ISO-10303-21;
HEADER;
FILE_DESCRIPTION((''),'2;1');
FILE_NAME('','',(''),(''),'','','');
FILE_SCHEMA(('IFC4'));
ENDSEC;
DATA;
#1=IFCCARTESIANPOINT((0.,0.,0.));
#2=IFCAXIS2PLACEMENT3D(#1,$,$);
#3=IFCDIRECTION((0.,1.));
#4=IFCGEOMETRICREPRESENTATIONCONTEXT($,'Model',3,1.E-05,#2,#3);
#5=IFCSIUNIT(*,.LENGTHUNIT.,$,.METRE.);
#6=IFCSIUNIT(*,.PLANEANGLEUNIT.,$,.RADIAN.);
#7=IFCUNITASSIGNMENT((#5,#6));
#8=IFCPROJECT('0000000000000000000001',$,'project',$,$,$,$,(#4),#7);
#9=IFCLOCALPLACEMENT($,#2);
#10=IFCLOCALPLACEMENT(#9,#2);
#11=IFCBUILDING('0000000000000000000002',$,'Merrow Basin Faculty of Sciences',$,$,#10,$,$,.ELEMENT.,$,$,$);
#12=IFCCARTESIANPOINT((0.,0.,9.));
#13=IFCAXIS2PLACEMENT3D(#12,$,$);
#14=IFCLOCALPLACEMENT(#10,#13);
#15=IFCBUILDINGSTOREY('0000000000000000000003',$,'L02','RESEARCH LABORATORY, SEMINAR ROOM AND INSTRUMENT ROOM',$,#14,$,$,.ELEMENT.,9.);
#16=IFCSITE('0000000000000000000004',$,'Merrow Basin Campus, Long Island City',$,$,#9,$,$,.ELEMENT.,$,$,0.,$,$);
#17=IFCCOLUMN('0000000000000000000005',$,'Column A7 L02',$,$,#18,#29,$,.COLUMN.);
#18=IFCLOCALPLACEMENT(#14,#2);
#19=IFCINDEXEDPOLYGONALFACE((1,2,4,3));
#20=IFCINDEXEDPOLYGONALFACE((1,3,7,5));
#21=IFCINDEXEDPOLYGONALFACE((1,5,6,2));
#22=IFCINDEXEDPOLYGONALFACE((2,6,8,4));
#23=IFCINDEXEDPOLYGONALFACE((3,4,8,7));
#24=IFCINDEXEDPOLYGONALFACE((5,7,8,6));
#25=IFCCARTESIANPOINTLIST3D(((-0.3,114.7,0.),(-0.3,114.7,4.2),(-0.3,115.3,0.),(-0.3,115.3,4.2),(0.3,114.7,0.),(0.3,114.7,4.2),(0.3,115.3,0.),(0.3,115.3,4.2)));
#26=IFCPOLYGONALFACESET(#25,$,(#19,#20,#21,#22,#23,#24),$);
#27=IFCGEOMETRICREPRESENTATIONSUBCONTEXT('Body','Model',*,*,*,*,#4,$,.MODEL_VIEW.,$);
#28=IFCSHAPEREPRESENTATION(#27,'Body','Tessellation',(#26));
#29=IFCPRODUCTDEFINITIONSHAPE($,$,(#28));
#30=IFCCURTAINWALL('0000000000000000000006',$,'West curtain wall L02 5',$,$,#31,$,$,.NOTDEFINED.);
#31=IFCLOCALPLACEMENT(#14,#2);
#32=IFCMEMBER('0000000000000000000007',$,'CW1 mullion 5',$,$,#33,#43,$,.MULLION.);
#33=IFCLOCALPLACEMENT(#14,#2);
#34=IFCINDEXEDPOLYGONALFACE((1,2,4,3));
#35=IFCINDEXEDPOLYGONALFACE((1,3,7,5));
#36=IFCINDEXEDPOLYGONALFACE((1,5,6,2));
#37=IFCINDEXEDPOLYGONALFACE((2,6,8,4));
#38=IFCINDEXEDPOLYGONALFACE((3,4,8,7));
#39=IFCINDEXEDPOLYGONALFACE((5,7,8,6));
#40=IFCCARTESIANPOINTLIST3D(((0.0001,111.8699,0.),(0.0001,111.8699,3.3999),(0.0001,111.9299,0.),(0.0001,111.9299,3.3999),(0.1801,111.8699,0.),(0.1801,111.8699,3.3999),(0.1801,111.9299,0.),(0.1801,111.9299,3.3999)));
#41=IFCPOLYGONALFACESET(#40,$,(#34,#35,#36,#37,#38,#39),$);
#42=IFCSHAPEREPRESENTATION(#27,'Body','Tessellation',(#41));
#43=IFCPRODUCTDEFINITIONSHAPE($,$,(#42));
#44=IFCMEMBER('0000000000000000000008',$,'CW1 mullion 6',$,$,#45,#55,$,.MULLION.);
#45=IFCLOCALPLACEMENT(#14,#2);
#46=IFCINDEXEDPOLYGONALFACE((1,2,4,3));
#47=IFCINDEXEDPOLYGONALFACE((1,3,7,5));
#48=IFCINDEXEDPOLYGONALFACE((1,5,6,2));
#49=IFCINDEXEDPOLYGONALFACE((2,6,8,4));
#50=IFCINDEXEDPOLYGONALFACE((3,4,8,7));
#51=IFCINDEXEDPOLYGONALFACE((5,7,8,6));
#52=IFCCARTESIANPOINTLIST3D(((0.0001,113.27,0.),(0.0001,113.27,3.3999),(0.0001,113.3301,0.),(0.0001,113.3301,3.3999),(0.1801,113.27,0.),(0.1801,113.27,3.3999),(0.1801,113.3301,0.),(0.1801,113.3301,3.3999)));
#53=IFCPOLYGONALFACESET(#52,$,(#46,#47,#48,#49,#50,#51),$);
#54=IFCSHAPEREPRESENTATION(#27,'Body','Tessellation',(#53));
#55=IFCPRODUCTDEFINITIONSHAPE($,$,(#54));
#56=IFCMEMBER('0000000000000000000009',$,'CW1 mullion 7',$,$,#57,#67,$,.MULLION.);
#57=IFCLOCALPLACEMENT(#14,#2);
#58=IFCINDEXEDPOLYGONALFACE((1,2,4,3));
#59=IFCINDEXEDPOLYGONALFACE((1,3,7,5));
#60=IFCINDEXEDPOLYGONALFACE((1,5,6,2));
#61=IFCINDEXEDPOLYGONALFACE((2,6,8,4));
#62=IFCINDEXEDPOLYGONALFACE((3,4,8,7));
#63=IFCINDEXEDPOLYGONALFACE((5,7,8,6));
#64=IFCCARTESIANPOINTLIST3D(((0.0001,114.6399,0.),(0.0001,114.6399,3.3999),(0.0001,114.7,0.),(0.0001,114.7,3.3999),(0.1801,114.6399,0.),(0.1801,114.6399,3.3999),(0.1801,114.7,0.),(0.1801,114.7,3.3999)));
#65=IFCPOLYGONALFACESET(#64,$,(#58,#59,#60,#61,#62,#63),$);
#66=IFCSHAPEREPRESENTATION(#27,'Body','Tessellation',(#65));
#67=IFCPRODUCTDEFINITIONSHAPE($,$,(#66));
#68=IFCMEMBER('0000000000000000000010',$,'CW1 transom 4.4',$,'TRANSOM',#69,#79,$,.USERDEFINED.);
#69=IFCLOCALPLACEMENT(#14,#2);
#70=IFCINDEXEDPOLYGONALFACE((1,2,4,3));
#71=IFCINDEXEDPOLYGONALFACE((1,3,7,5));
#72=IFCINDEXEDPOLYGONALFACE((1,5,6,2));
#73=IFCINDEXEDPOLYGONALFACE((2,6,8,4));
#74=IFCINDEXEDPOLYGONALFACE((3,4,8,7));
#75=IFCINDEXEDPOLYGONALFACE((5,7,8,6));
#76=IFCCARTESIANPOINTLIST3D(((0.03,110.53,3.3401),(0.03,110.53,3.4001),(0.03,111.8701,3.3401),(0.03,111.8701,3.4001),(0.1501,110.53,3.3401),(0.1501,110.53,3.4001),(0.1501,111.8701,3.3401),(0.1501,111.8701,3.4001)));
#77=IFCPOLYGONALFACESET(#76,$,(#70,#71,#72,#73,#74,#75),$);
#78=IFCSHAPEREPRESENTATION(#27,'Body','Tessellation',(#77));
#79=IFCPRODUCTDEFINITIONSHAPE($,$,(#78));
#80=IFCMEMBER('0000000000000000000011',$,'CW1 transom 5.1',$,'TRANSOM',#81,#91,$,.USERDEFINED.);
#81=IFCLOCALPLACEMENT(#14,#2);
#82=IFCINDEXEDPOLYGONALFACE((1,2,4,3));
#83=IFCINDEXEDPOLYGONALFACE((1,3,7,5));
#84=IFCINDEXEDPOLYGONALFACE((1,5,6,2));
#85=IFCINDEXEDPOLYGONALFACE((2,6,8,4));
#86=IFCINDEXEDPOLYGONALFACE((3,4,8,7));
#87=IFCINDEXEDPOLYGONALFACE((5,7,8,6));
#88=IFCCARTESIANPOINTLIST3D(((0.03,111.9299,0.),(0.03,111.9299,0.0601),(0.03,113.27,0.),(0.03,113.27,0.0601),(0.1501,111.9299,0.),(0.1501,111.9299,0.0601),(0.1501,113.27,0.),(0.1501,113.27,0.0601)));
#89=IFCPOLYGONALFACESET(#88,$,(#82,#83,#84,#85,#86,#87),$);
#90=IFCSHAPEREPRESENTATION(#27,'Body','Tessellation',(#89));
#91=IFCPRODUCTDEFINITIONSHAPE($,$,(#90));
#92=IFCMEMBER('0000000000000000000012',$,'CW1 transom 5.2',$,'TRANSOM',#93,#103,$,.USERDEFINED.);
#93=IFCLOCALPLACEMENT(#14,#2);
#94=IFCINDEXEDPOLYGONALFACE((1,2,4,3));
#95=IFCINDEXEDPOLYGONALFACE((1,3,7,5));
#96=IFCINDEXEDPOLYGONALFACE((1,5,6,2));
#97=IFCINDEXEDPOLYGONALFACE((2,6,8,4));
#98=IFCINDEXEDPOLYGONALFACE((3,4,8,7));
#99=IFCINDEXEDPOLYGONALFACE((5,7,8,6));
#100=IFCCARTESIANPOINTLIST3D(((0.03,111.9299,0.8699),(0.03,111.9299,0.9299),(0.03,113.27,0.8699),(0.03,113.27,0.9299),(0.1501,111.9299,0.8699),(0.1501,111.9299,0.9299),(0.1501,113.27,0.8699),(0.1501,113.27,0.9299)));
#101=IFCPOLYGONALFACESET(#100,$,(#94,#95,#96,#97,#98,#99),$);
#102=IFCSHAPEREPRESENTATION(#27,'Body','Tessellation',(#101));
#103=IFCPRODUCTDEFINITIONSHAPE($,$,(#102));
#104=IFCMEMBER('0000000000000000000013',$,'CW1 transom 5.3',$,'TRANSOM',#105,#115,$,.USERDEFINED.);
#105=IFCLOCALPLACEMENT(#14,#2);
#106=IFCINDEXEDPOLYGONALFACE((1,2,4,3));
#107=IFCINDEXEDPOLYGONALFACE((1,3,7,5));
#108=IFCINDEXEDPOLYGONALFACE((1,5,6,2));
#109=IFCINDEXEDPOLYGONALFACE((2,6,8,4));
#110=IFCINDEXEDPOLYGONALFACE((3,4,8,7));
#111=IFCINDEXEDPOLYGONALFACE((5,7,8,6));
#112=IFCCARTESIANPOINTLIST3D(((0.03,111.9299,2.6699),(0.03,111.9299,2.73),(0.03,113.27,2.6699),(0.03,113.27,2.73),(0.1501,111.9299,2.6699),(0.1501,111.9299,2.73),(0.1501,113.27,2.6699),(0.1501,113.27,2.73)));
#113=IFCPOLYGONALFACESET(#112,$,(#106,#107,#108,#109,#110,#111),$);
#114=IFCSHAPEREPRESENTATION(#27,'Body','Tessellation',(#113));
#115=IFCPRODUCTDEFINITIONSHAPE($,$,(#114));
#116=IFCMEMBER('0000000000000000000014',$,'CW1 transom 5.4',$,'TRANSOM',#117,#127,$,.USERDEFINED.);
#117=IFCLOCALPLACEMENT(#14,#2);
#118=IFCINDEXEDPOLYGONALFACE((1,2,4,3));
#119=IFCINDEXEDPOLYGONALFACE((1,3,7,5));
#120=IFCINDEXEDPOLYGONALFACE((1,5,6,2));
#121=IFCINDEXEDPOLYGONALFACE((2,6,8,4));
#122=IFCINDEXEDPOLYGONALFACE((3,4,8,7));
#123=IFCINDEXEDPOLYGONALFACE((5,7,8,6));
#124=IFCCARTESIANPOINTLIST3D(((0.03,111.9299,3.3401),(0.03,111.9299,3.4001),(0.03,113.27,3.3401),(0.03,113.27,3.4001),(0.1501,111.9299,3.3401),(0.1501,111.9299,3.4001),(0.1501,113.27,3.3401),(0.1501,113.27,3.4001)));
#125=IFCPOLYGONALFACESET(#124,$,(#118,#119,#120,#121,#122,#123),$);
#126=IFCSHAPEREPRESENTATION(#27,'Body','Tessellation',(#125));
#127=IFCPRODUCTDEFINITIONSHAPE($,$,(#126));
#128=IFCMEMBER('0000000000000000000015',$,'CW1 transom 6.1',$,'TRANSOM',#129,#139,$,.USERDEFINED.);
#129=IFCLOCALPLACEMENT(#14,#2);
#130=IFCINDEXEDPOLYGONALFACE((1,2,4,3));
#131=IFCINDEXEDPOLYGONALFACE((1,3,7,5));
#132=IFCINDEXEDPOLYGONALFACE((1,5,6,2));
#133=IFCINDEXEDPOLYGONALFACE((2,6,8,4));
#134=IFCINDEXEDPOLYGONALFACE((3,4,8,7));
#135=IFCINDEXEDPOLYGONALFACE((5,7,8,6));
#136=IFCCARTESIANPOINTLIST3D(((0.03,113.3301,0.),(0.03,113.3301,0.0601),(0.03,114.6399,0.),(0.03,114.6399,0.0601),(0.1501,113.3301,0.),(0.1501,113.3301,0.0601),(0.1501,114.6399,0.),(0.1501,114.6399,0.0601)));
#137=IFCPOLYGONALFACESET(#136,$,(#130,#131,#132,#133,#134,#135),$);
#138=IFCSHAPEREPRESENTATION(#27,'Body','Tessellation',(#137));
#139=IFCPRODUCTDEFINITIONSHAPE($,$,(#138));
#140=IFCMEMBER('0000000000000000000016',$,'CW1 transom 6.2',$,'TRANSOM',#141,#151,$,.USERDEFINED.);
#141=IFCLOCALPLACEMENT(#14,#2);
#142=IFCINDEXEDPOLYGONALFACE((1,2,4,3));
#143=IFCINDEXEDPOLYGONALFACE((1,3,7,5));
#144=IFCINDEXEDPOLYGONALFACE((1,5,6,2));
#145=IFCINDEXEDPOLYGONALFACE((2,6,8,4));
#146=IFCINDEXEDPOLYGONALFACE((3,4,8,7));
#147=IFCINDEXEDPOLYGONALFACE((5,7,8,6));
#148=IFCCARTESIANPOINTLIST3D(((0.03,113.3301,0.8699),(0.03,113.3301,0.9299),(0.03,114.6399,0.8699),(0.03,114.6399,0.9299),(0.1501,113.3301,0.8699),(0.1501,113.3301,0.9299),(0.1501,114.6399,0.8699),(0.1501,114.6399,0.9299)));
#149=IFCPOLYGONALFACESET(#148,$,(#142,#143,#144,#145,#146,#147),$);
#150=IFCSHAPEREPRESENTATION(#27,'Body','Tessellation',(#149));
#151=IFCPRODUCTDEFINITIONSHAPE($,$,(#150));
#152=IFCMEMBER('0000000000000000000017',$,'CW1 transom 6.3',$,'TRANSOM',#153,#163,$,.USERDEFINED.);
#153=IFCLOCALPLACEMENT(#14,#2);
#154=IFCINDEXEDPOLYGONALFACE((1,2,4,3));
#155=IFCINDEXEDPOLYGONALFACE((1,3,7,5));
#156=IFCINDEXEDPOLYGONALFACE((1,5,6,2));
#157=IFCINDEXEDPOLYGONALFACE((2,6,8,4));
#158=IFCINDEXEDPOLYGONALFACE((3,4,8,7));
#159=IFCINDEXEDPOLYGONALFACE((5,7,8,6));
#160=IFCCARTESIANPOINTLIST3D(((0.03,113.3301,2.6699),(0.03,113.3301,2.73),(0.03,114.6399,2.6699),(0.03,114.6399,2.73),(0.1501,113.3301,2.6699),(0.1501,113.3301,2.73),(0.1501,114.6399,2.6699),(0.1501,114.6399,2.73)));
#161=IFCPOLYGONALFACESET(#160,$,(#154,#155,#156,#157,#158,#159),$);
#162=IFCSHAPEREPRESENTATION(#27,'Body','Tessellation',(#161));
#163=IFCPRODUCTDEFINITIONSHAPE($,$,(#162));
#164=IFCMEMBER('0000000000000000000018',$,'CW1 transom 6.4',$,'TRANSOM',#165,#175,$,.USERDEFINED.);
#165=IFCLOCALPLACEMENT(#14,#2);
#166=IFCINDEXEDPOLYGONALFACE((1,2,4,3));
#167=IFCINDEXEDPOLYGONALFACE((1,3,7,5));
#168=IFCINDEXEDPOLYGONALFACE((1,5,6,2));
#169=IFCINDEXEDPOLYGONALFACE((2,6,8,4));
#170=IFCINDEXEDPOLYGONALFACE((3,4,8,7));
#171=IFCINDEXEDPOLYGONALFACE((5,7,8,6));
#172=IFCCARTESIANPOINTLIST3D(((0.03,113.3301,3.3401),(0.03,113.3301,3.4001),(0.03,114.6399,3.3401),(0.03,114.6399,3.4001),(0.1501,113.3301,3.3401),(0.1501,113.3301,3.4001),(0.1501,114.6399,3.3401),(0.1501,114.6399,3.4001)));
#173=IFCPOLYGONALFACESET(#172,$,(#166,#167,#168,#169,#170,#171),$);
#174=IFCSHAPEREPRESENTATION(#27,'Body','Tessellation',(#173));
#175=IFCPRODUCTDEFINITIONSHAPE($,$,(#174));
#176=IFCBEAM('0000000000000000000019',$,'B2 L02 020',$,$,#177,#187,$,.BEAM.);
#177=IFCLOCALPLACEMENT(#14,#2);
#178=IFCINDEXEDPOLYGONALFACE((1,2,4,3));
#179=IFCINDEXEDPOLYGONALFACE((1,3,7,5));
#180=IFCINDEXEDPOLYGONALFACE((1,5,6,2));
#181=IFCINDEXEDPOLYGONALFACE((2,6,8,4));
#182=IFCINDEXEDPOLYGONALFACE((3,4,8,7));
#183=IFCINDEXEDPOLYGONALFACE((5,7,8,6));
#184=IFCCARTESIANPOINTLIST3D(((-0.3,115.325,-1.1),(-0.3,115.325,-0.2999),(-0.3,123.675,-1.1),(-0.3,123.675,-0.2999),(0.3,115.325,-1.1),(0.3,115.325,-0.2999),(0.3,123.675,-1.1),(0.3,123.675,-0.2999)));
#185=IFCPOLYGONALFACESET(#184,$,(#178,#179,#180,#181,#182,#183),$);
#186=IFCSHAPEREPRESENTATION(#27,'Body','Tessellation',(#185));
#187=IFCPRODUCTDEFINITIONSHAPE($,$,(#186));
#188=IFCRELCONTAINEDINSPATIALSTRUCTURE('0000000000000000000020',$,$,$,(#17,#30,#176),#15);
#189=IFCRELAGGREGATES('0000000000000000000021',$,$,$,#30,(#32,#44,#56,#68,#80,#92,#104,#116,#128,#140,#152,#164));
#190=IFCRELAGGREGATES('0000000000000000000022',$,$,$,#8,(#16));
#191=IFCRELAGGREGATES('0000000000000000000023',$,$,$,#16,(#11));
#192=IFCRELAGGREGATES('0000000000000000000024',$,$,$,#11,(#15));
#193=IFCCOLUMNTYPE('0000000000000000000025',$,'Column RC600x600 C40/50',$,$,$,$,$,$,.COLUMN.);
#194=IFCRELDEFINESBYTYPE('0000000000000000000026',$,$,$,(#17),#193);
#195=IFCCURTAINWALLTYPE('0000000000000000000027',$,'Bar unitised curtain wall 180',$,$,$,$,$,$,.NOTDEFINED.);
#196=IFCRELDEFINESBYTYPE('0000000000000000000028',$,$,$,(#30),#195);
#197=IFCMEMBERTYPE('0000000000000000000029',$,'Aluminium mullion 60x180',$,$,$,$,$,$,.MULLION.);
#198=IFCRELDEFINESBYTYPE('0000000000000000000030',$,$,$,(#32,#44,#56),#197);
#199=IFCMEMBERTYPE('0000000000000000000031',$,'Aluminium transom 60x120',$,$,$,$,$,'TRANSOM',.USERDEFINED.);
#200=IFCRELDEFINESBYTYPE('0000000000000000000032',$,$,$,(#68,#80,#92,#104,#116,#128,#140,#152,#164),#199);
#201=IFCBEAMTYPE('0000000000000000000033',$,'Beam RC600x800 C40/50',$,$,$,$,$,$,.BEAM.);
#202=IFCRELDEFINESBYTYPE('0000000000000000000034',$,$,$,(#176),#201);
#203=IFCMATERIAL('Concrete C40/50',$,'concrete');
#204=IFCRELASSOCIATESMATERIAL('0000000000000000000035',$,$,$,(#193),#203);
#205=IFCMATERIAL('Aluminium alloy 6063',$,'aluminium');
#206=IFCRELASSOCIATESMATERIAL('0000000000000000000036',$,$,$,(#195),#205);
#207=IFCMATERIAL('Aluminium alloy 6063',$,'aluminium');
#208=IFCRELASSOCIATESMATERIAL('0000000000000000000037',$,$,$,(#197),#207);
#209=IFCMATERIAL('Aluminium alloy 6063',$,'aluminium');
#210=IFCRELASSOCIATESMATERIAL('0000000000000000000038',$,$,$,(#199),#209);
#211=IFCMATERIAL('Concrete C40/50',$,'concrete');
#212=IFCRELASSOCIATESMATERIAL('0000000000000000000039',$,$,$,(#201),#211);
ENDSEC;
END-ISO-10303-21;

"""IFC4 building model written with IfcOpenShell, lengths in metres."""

from ifc_helpers import new_model, si_unit, direction, frame, origin, origin_2d, place, context, subcontext, project, spatial, rectangle, extrude, material, material_profile, profile_set, type_object, element, aggregate, save


model = new_model("IFC4")

# Units and contexts
model_context = context("Model", 3, precision=1e-05, world=origin(), true_north=direction((0.0, 1.0)))
body_context = subcontext(model_context, "Body", "Model", "MODEL_VIEW")
ifc_project = project(units=[si_unit("LENGTHUNIT", "METRE"), si_unit("PLANEANGLEUNIT", "RADIAN")], contexts=[model_context])

# Site, building, storey
site_placement = place(None, origin())
site = spatial("IfcSite", under=ifc_project, at=site_placement, Name="Merrow Basin Campus, Long Island City", CompositionType="ELEMENT", RefElevation=0.0)
building_placement = place(site_placement, origin())
building = spatial("IfcBuilding", under=site, at=building_placement, Name="Merrow Basin Faculty of Sciences", CompositionType="ELEMENT")
storey_placement = place(building_placement, frame((0.0, 0.0, 9.0)))
storey = spatial("IfcBuildingStorey", under=building, at=storey_placement, Name="L02", Description="RESEARCH LABORATORY, SEMINAR ROOM AND INSTRUMENT ROOM", CompositionType="ELEMENT", Elevation=9.0)

# Column
ifc_material_1 = material(Name="Concrete C40/50", Category="concrete")
ifc_material_profile_1 = material_profile(ifc_material_1, rectangle(XDim=0.6001, YDim=0.6001, at=origin_2d()))
ifc_profile_set_1 = profile_set([ifc_material_profile_1], Name="Concrete C40/50")
column_type = type_object("IfcColumnType", Name="Column RC600x600 C40/50", PredefinedType="COLUMN", material=ifc_profile_set_1)
column_placement = place(storey_placement, frame((0.0, 115.0, 0.0), z_axis=(0.0, 0.0, 1.0), x_axis=(1.0, 0.0, 0.0)))
element("IfcColumn", 1, at=column_placement, inside=storey, type_object=column_type, Name="Column A7 L02", PredefinedType="COLUMN", context=body_context, shape_type="SweptSolid", body=[
    extrude(rectangle(XDim=0.6001, YDim=0.6001, at=origin_2d()), origin(), (0.0, 0.0, 1.0), 4.2),
])

# Curtain wall, members
ifc_material_2 = material(Name="Aluminium alloy 6063", Category="aluminium")
curtain_wall_type = type_object("IfcCurtainWallType", Name="Bar unitised curtain wall 180", PredefinedType="NOTDEFINED", material=ifc_material_2)
curtain_wall_placement = place(storey_placement, origin())
curtain_wall = element("IfcCurtainWall", 2, at=curtain_wall_placement, inside=storey, type_object=curtain_wall_type, Name="West curtain wall L02 5", PredefinedType="NOTDEFINED")
ifc_material_3 = material(Name="Aluminium alloy 6063", Category="aluminium")
ifc_material_profile_2 = material_profile(ifc_material_3, rectangle(XDim=0.1799, YDim=0.0601, at=origin_2d()))
ifc_profile_set_2 = profile_set([ifc_material_profile_2], Name="Aluminium alloy 6063")
member_type_1 = type_object("IfcMemberType", Name="Aluminium mullion 60x180", PredefinedType="MULLION", material=ifc_profile_set_2)
member_1_placement = place(storey_placement, frame((0.0901, 111.8999, 0.0), z_axis=(0.0, 0.0, 1.0), x_axis=(-1.0, 0.0, 0.0)))
member_1 = element("IfcMember", 3, at=member_1_placement, type_object=member_type_1, Name="CW1 mullion 5", PredefinedType="MULLION", context=body_context, shape_type="SweptSolid", body=[
    extrude(rectangle(XDim=0.1799, YDim=0.0601, at=origin_2d()), origin(), (0.0, 0.0, 1.0), 3.3999),
])
member_2_placement = place(storey_placement, frame((0.0901, 113.3, 0.0), z_axis=(0.0, 0.0, 1.0), x_axis=(-1.0, 0.0, 0.0)))
member_2 = element("IfcMember", 4, at=member_2_placement, type_object=member_type_1, Name="CW1 mullion 6", PredefinedType="MULLION", context=body_context, shape_type="SweptSolid", body=[
    extrude(rectangle(XDim=0.1799, YDim=0.0601, at=origin_2d()), origin(), (0.0, 0.0, 1.0), 3.3999),
])
member_3_placement = place(storey_placement, frame((0.0901, 114.6699, 0.0), z_axis=(0.0, 0.0, 1.0), x_axis=(-1.0, 0.0, 0.0)))
member_3 = element("IfcMember", 5, at=member_3_placement, type_object=member_type_1, Name="CW1 mullion 7", PredefinedType="MULLION", context=body_context, shape_type="SweptSolid", body=[
    extrude(rectangle(XDim=0.1799, YDim=0.0601, at=origin_2d()), origin(), (0.0, 0.0, 1.0), 3.3999),
])
ifc_material_4 = material(Name="Aluminium alloy 6063", Category="aluminium")
ifc_material_profile_3 = material_profile(ifc_material_4, rectangle(XDim=0.1201, YDim=0.0601, at=origin_2d()))
ifc_profile_set_3 = profile_set([ifc_material_profile_3], Name="Aluminium alloy 6063")
member_type_2 = type_object("IfcMemberType", Name="Aluminium transom 60x120", ElementType="TRANSOM", PredefinedType="USERDEFINED", material=ifc_profile_set_3)
member_4_placement = place(storey_placement, frame((0.0901, 110.53, 3.3701), z_axis=(0.0, 1.0, 0.0), x_axis=(-1.0, 0.0, 0.0)))
member_4 = element("IfcMember", 6, at=member_4_placement, type_object=member_type_2, Name="CW1 transom 4.4", ObjectType="TRANSOM", PredefinedType="USERDEFINED", context=body_context, shape_type="SweptSolid", body=[
    extrude(rectangle(XDim=0.1201, YDim=0.0601, at=origin_2d()), origin(), (0.0, 0.0, 1.0), 1.3401),
])
member_5_placement = place(storey_placement, frame((0.0901, 111.9299, 0.03), z_axis=(0.0, 1.0, 0.0), x_axis=(-1.0, 0.0, 0.0)))
member_5 = element("IfcMember", 7, at=member_5_placement, type_object=member_type_2, Name="CW1 transom 5.1", ObjectType="TRANSOM", PredefinedType="USERDEFINED", context=body_context, shape_type="SweptSolid", body=[
    extrude(rectangle(XDim=0.1201, YDim=0.0601, at=origin_2d()), origin(), (0.0, 0.0, 1.0), 1.3401),
])
member_6_placement = place(storey_placement, frame((0.0901, 111.9299, 0.8999), z_axis=(0.0, 1.0, 0.0), x_axis=(-1.0, 0.0, 0.0)))
member_6 = element("IfcMember", 8, at=member_6_placement, type_object=member_type_2, Name="CW1 transom 5.2", ObjectType="TRANSOM", PredefinedType="USERDEFINED", context=body_context, shape_type="SweptSolid", body=[
    extrude(rectangle(XDim=0.1201, YDim=0.0601, at=origin_2d()), origin(), (0.0, 0.0, 1.0), 1.3401),
])
member_7_placement = place(storey_placement, frame((0.0901, 111.9299, 2.7), z_axis=(0.0, 1.0, 0.0), x_axis=(-1.0, 0.0, 0.0)))
member_7 = element("IfcMember", 9, at=member_7_placement, type_object=member_type_2, Name="CW1 transom 5.3", ObjectType="TRANSOM", PredefinedType="USERDEFINED", context=body_context, shape_type="SweptSolid", body=[
    extrude(rectangle(XDim=0.1201, YDim=0.0601, at=origin_2d()), origin(), (0.0, 0.0, 1.0), 1.3401),
])
member_8_placement = place(storey_placement, frame((0.0901, 111.9299, 3.3701), z_axis=(0.0, 1.0, 0.0), x_axis=(-1.0, 0.0, 0.0)))
member_8 = element("IfcMember", 10, at=member_8_placement, type_object=member_type_2, Name="CW1 transom 5.4", ObjectType="TRANSOM", PredefinedType="USERDEFINED", context=body_context, shape_type="SweptSolid", body=[
    extrude(rectangle(XDim=0.1201, YDim=0.0601, at=origin_2d()), origin(), (0.0, 0.0, 1.0), 1.3401),
])
member_9_placement = place(storey_placement, frame((0.0901, 113.3301, 0.03), z_axis=(0.0, 1.0, 0.0), x_axis=(-1.0, 0.0, 0.0)))
member_9 = element("IfcMember", 11, at=member_9_placement, type_object=member_type_2, Name="CW1 transom 6.1", ObjectType="TRANSOM", PredefinedType="USERDEFINED", context=body_context, shape_type="SweptSolid", body=[
    extrude(rectangle(XDim=0.1201, YDim=0.0601, at=origin_2d()), origin(), (0.0, 0.0, 1.0), 1.3098),
])
member_10_placement = place(storey_placement, frame((0.0901, 113.3301, 0.8999), z_axis=(0.0, 1.0, 0.0), x_axis=(-1.0, 0.0, 0.0)))
member_10 = element("IfcMember", 12, at=member_10_placement, type_object=member_type_2, Name="CW1 transom 6.2", ObjectType="TRANSOM", PredefinedType="USERDEFINED", context=body_context, shape_type="SweptSolid", body=[
    extrude(rectangle(XDim=0.1201, YDim=0.0601, at=origin_2d()), origin(), (0.0, 0.0, 1.0), 1.3098),
])
member_11_placement = place(storey_placement, frame((0.0901, 113.3301, 2.7), z_axis=(0.0, 1.0, 0.0), x_axis=(-1.0, 0.0, 0.0)))
member_11 = element("IfcMember", 13, at=member_11_placement, type_object=member_type_2, Name="CW1 transom 6.3", ObjectType="TRANSOM", PredefinedType="USERDEFINED", context=body_context, shape_type="SweptSolid", body=[
    extrude(rectangle(XDim=0.1201, YDim=0.0601, at=origin_2d()), origin(), (0.0, 0.0, 1.0), 1.3098),
])
member_12_placement = place(storey_placement, frame((0.0901, 113.3301, 3.3701), z_axis=(0.0, 1.0, 0.0), x_axis=(-1.0, 0.0, 0.0)))
member_12 = element("IfcMember", 14, at=member_12_placement, type_object=member_type_2, Name="CW1 transom 6.4", ObjectType="TRANSOM", PredefinedType="USERDEFINED", context=body_context, shape_type="SweptSolid", body=[
    extrude(rectangle(XDim=0.1201, YDim=0.0601, at=origin_2d()), origin(), (0.0, 0.0, 1.0), 1.3098),
])

# Beam
ifc_material_5 = material(Name="Concrete C40/50", Category="concrete")
ifc_material_profile_4 = material_profile(ifc_material_5, rectangle(XDim=0.6001, YDim=0.8, at=origin_2d()))
ifc_profile_set_4 = profile_set([ifc_material_profile_4], Name="Concrete C40/50")
beam_type = type_object("IfcBeamType", Name="Beam RC600x800 C40/50", PredefinedType="BEAM", material=ifc_profile_set_4)
beam_placement = place(storey_placement, frame((0.0, 115.325, -0.7), z_axis=(0.0, 1.0, 0.0), x_axis=(-1.0, 0.0, 0.0)))
element("IfcBeam", 15, at=beam_placement, inside=storey, type_object=beam_type, Name="B2 L02 020", PredefinedType="BEAM", context=body_context, shape_type="SweptSolid", body=[
    extrude(rectangle(XDim=0.6001, YDim=0.8, at=origin_2d()), origin(), (0.0, 0.0, 1.0), 8.3501),
])

aggregate(curtain_wall, [member_1, member_2, member_3, member_4, member_5, member_6, member_7, member_8, member_9, member_10, member_11, member_12])

save(model, "model.ifc")
